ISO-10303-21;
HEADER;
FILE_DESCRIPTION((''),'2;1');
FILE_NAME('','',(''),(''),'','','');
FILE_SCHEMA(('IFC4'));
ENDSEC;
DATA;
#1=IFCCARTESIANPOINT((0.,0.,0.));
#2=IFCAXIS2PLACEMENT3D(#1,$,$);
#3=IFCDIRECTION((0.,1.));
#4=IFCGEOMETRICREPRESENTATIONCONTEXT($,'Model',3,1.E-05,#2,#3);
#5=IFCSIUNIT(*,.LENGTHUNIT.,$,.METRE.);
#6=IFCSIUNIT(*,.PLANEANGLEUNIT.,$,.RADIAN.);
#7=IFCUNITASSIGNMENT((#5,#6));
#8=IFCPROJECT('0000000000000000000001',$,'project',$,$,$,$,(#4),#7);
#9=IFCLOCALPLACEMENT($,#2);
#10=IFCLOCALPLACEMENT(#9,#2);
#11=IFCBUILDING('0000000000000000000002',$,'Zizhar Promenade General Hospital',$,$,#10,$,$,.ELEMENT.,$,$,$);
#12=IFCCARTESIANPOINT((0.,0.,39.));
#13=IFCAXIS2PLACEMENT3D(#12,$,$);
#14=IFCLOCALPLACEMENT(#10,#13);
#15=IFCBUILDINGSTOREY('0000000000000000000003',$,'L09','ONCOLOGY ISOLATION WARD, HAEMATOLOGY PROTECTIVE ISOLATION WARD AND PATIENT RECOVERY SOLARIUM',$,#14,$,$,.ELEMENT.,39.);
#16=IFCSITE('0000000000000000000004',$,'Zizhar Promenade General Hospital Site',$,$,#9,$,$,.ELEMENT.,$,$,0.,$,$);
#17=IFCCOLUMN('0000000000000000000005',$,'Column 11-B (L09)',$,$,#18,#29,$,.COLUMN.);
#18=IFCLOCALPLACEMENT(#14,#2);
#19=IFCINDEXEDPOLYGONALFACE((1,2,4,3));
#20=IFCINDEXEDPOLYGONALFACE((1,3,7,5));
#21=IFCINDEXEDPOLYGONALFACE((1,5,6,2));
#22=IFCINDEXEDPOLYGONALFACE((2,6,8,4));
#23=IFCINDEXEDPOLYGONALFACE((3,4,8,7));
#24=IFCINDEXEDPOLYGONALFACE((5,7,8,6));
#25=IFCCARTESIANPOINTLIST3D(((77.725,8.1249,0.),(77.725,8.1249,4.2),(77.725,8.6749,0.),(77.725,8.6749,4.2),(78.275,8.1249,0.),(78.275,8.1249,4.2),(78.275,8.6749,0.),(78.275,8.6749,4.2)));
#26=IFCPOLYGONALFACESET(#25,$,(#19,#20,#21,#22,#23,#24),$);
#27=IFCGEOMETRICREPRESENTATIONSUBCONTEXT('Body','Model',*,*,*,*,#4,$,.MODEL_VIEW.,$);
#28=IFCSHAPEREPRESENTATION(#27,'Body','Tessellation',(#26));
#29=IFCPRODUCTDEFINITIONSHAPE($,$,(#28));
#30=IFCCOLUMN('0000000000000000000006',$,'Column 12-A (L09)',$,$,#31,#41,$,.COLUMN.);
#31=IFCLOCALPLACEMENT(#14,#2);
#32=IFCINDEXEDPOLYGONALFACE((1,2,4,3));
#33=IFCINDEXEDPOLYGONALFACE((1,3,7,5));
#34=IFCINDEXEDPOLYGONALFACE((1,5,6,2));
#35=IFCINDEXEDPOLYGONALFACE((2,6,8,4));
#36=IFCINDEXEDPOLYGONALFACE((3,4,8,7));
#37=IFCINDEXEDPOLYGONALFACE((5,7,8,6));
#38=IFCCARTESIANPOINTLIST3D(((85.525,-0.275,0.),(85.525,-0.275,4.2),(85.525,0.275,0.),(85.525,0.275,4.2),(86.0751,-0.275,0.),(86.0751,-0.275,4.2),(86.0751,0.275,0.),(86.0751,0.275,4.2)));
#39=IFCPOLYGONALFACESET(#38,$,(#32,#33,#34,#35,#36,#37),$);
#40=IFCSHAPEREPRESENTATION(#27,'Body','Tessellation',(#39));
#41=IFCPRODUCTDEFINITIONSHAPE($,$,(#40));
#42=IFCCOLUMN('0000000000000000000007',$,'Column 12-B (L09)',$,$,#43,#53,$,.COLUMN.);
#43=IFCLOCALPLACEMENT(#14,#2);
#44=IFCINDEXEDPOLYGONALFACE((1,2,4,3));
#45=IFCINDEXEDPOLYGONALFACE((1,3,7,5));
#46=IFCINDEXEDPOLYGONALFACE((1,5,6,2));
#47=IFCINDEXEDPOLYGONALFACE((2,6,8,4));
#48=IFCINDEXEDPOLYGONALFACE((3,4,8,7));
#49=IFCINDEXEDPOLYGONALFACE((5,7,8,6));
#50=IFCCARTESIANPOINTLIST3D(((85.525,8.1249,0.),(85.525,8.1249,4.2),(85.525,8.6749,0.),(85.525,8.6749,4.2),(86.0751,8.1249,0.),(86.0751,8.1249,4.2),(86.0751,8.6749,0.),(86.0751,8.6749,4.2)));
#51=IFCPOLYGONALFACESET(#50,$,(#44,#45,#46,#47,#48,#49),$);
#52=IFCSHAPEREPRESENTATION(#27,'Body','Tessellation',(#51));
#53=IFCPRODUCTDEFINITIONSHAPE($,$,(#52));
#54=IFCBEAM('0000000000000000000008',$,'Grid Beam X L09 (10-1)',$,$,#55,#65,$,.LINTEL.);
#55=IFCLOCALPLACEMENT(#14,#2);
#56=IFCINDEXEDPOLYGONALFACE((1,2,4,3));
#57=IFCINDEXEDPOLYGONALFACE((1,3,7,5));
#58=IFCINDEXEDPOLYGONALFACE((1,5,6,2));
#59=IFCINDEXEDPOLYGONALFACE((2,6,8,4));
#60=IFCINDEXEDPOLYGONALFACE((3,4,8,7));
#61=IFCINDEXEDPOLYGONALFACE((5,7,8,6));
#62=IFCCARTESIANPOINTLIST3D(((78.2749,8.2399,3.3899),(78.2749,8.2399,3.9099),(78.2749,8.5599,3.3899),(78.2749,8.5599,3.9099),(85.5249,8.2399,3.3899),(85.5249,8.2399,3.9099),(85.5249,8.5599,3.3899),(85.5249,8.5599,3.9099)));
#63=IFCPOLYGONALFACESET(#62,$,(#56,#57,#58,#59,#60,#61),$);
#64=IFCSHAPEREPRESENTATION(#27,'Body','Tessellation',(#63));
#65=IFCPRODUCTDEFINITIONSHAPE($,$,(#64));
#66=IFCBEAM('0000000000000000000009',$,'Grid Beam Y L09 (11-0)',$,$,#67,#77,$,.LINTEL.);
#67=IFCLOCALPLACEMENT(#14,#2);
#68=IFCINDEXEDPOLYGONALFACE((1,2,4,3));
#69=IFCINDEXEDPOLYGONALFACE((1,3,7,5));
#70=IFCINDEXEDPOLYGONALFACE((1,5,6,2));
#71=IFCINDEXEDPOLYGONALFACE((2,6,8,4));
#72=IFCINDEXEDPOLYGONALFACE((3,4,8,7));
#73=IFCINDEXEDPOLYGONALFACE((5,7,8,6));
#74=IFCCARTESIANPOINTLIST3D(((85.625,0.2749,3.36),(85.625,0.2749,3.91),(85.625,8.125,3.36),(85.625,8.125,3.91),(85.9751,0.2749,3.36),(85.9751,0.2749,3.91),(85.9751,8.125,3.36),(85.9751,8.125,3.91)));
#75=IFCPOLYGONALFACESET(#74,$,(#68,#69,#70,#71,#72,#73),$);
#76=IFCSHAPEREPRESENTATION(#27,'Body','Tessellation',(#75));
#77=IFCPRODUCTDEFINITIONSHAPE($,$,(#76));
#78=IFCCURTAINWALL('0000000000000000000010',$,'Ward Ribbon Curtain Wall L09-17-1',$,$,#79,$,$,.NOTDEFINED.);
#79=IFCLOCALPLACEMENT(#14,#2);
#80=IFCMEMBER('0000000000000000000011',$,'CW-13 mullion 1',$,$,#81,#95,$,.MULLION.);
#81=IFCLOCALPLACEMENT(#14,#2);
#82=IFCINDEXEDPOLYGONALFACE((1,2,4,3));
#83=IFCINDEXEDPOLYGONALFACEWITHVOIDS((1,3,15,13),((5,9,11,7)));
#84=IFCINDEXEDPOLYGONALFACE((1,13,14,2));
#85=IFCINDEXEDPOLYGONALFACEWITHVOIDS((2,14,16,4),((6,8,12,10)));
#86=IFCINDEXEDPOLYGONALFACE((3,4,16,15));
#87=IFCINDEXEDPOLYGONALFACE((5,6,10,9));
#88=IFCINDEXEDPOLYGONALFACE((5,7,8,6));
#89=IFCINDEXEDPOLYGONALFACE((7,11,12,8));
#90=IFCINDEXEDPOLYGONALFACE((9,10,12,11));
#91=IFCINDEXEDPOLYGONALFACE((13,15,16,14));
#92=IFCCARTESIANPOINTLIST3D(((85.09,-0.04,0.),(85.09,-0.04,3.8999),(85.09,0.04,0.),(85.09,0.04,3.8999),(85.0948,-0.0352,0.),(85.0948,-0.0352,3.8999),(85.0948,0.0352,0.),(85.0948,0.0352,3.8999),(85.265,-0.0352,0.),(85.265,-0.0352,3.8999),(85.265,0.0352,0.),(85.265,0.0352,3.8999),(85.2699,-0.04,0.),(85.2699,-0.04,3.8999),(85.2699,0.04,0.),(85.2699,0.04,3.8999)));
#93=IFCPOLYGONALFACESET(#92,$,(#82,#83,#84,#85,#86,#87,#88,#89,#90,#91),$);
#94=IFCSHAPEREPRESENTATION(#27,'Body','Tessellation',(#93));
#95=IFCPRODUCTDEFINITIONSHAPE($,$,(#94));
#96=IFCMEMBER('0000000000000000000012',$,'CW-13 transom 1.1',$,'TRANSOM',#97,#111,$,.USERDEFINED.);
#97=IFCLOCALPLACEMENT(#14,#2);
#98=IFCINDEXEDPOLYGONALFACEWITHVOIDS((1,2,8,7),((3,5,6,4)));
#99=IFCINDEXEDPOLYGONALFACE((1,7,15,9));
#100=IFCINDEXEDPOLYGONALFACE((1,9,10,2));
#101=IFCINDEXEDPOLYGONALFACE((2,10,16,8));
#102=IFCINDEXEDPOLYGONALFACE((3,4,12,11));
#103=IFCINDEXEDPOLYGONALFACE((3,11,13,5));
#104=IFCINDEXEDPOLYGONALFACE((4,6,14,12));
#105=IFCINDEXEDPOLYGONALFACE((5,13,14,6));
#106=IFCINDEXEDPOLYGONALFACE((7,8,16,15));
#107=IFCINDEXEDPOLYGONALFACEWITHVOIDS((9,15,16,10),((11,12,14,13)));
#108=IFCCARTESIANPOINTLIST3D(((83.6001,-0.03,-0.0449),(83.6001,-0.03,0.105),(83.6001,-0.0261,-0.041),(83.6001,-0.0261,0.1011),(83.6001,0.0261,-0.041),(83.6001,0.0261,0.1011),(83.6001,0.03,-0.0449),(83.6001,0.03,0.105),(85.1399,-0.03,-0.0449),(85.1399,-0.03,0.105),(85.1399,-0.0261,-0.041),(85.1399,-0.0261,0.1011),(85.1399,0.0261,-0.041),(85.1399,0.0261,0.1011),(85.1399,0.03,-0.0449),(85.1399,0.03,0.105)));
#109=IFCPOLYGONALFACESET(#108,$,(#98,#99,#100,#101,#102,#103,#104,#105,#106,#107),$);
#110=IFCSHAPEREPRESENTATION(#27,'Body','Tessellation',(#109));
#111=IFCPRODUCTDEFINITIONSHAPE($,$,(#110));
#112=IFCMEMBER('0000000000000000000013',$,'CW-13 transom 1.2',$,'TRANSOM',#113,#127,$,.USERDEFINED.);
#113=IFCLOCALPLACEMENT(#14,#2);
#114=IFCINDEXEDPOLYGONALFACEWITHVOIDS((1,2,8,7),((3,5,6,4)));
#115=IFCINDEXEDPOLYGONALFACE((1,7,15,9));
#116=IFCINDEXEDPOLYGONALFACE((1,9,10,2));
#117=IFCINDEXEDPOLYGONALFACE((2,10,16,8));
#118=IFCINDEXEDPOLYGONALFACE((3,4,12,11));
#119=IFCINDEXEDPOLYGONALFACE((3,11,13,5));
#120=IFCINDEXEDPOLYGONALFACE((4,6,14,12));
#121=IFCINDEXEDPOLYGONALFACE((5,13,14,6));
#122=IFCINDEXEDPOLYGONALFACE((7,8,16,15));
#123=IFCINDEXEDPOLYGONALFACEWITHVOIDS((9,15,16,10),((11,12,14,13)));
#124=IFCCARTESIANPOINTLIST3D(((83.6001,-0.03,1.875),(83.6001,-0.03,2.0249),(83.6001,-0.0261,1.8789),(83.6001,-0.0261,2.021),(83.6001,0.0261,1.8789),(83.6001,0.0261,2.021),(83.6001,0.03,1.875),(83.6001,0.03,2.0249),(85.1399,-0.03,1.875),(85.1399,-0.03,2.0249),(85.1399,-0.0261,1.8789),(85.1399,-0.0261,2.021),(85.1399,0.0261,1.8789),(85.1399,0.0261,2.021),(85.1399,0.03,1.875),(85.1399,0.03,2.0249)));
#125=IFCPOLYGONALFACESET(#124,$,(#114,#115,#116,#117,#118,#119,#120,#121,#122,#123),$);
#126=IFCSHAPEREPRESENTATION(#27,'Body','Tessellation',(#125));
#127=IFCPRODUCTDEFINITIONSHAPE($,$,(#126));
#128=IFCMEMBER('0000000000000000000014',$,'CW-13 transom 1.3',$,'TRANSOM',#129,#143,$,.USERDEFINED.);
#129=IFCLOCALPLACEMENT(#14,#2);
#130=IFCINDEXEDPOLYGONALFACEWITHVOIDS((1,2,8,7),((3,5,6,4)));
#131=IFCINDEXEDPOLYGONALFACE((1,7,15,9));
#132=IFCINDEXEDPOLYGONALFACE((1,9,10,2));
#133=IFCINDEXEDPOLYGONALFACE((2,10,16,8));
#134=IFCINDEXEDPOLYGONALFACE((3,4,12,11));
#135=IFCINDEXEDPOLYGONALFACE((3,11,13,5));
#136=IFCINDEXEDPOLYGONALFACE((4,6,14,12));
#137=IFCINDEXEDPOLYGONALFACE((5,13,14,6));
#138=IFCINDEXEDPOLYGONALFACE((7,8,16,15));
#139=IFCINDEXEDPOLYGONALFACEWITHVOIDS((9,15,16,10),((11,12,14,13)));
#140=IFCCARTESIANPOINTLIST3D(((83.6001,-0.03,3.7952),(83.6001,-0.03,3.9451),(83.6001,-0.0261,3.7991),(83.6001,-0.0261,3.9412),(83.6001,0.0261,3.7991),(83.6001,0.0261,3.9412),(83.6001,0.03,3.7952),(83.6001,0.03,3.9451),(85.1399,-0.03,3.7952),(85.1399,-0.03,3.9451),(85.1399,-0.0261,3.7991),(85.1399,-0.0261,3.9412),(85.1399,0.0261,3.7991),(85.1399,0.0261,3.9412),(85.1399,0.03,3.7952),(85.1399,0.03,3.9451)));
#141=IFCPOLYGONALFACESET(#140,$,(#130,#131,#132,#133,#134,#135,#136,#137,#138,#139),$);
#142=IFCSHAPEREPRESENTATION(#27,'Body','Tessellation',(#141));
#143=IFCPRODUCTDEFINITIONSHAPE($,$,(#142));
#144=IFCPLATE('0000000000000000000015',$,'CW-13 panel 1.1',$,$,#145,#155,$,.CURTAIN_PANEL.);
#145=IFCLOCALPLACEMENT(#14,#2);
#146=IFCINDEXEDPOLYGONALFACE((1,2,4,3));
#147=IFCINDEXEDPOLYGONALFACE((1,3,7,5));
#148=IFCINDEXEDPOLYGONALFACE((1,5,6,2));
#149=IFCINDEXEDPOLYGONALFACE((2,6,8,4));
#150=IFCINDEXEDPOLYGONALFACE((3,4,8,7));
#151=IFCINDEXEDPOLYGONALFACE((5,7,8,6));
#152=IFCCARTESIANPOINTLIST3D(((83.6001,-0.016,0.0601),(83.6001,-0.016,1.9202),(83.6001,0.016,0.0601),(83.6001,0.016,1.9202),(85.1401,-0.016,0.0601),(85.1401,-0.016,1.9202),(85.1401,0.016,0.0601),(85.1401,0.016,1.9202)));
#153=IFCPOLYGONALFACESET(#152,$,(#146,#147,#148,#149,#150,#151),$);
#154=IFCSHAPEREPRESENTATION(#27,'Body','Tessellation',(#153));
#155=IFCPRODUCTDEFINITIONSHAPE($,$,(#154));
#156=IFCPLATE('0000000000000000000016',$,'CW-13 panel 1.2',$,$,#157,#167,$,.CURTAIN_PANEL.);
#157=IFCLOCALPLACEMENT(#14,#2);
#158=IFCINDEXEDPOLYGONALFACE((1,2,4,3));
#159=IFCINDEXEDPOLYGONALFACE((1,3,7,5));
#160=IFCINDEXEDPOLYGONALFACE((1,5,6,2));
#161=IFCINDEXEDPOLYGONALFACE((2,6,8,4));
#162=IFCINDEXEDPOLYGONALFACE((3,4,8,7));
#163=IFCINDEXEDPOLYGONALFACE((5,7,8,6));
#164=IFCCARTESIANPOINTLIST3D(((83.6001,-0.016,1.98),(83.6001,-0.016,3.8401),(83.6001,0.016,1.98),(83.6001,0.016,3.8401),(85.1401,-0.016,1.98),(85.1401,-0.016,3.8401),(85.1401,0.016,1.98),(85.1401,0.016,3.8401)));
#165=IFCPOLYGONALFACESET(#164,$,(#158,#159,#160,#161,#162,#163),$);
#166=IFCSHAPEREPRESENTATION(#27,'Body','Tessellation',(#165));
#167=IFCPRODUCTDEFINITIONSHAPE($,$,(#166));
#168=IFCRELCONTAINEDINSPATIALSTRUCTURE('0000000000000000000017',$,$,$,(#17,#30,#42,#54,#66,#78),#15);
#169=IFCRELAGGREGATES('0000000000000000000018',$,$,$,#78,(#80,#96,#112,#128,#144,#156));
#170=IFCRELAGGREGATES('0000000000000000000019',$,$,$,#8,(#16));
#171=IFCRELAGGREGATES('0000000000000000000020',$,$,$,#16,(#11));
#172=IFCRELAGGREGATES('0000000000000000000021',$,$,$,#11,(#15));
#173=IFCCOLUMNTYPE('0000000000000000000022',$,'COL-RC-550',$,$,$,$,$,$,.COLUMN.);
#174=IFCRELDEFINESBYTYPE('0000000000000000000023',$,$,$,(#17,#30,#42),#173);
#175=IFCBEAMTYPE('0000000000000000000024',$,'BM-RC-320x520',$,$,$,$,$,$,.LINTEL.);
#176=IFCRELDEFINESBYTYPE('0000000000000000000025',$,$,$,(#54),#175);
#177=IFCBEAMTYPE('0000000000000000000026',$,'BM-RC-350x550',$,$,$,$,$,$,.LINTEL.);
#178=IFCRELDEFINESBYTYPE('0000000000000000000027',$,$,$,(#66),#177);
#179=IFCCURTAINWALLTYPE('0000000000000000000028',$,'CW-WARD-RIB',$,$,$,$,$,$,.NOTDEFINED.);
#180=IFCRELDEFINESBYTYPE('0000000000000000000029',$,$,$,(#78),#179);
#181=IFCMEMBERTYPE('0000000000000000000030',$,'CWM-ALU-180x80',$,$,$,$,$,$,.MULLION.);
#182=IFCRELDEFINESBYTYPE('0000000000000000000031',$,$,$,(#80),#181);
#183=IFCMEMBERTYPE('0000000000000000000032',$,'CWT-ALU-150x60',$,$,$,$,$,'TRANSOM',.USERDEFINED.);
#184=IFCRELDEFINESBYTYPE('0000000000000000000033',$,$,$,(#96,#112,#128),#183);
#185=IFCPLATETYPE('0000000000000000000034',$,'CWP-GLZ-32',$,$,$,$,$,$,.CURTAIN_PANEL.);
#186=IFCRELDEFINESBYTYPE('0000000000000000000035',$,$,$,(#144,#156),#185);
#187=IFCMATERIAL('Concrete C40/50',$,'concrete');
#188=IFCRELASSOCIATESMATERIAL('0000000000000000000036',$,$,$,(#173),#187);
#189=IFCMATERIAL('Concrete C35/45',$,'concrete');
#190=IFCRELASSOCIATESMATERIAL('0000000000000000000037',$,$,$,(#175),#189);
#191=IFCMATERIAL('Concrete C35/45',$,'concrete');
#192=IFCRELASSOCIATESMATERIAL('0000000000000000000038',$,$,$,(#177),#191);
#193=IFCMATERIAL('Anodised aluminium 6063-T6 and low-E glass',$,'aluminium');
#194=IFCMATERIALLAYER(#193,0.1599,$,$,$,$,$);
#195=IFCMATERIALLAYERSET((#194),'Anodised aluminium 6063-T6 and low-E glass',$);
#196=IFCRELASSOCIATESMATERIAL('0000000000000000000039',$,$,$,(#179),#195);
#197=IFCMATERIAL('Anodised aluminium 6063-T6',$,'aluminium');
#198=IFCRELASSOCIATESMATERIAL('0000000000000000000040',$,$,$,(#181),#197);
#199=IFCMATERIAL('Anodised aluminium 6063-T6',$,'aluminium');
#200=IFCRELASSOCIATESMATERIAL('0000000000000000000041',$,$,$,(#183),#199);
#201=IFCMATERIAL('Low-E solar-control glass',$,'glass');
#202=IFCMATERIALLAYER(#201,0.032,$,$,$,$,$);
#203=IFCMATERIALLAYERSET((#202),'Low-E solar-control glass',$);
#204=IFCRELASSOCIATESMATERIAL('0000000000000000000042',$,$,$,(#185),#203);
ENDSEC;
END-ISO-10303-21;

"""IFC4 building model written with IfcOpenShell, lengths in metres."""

from ifc_helpers import new_model, si_unit, direction, frame, origin, origin_2d, place, context, subcontext, project, spatial, rectangle, hollow_rectangle, extrude, material, layer, layer_set, material_profile, profile_set, type_object, element, aggregate, save


model = new_model("IFC4")

# Units and contexts
model_context = context("Model", 3, precision=1e-05, world=origin(), true_north=direction((0.0, 1.0)))
body_context = subcontext(model_context, "Body", "Model", "MODEL_VIEW")
ifc_project = project(units=[si_unit("LENGTHUNIT", "METRE"), si_unit("PLANEANGLEUNIT", "RADIAN")], contexts=[model_context])

# Site, building, storey
site_placement = place(None, origin())
site = spatial("IfcSite", under=ifc_project, at=site_placement, Name="Zizhar Promenade General Hospital Site", CompositionType="ELEMENT", RefElevation=0.0)
building_placement = place(site_placement, origin())
building = spatial("IfcBuilding", under=site, at=building_placement, Name="Zizhar Promenade General Hospital", CompositionType="ELEMENT")
storey_placement = place(building_placement, frame((0.0, 0.0, 39.0)))
storey = spatial("IfcBuildingStorey", under=building, at=storey_placement, Name="L09", Description="ONCOLOGY ISOLATION WARD, HAEMATOLOGY PROTECTIVE ISOLATION WARD AND PATIENT RECOVERY SOLARIUM", CompositionType="ELEMENT", Elevation=39.0)

# Columns
ifc_material_1 = material(Name="Concrete C40/50", Category="concrete")
ifc_material_profile_1 = material_profile(ifc_material_1, rectangle(XDim=0.55, YDim=0.55, at=origin_2d()))
ifc_profile_set_1 = profile_set([ifc_material_profile_1], Name="Concrete C40/50")
column_type = type_object("IfcColumnType", Name="COL-RC-550", PredefinedType="COLUMN", material=ifc_profile_set_1)
for number, where, z_axis, x_axis, name in (
    (1, (78.0, 8.3999, 0.0), (0.0, 0.0, 1.0), (1.0, 0.0, 0.0), "Column 11-B (L09)"),
    (2, (85.8, 0.0, 0.0), (0.0, 0.0, 1.0), (1.0, 0.0, 0.0), "Column 12-A (L09)"),
    (3, (85.8, 8.3999, 0.0), (0.0, 0.0, 1.0), (1.0, 0.0, 0.0), "Column 12-B (L09)"),
):
    element("IfcColumn", number, at=place(storey_placement, frame(where, z_axis=z_axis, x_axis=x_axis)), inside=storey, type_object=column_type, Name=name, PredefinedType="COLUMN", context=body_context, shape_type="SweptSolid", body=[
        extrude(rectangle(XDim=0.55, YDim=0.55, at=origin_2d()), origin(), (0.0, 0.0, 1.0), 4.2),
    ])

# Beams
ifc_material_2 = material(Name="Concrete C35/45", Category="concrete")
ifc_material_profile_2 = material_profile(ifc_material_2, rectangle(XDim=0.3201, YDim=0.52, at=origin_2d()))
ifc_profile_set_2 = profile_set([ifc_material_profile_2], Name="Concrete C35/45")
beam_type_1 = type_object("IfcBeamType", Name="BM-RC-320x520", PredefinedType="LINTEL", material=ifc_profile_set_2)
beam_1_placement = place(storey_placement, frame((78.2749, 8.3999, 3.6499), z_axis=(1.0, 0.0, 0.0), x_axis=(0.0, 1.0, 0.0)))
element("IfcBeam", 4, at=beam_1_placement, inside=storey, type_object=beam_type_1, Name="Grid Beam X L09 (10-1)", PredefinedType="LINTEL", context=body_context, shape_type="SweptSolid", body=[
    extrude(rectangle(XDim=0.3201, YDim=0.52, at=origin_2d()), origin(), (0.0, 0.0, 1.0), 7.25),
])
ifc_material_3 = material(Name="Concrete C35/45", Category="concrete")
ifc_material_profile_3 = material_profile(ifc_material_3, rectangle(XDim=0.3501, YDim=0.55, at=origin_2d()))
ifc_profile_set_3 = profile_set([ifc_material_profile_3], Name="Concrete C35/45")
beam_type_2 = type_object("IfcBeamType", Name="BM-RC-350x550", PredefinedType="LINTEL", material=ifc_profile_set_3)
beam_2_placement = place(storey_placement, frame((85.8, 0.2749, 3.635), z_axis=(0.0, 1.0, 0.0), x_axis=(-1.0, 0.0, 0.0)))
element("IfcBeam", 5, at=beam_2_placement, inside=storey, type_object=beam_type_2, Name="Grid Beam Y L09 (11-0)", PredefinedType="LINTEL", context=body_context, shape_type="SweptSolid", body=[
    extrude(rectangle(XDim=0.3501, YDim=0.55, at=origin_2d()), origin(), (0.0, 0.0, 1.0), 7.8501),
])

# Curtain wall, members, plates
ifc_material_4 = material(Name="Anodised aluminium 6063-T6 and low-E glass", Category="aluminium")
ifc_layer_1 = layer(ifc_material_4, 0.1599)
ifc_layer_set_1 = layer_set([ifc_layer_1], Name="Anodised aluminium 6063-T6 and low-E glass")
curtain_wall_type = type_object("IfcCurtainWallType", Name="CW-WARD-RIB", PredefinedType="NOTDEFINED", material=ifc_layer_set_1)
curtain_wall_placement = place(storey_placement, origin())
curtain_wall = element("IfcCurtainWall", 6, at=curtain_wall_placement, inside=storey, type_object=curtain_wall_type, Name="Ward Ribbon Curtain Wall L09-17-1", PredefinedType="NOTDEFINED")
ifc_material_5 = material(Name="Anodised aluminium 6063-T6", Category="aluminium")
ifc_material_profile_4 = material_profile(ifc_material_5, hollow_rectangle(XDim=0.0801, YDim=0.1799, WallThickness=0.0049, at=origin_2d()))
ifc_profile_set_4 = profile_set([ifc_material_profile_4], Name="Anodised aluminium 6063-T6")
member_type_1 = type_object("IfcMemberType", Name="CWM-ALU-180x80", PredefinedType="MULLION", material=ifc_profile_set_4)
member_1_placement = place(storey_placement, frame((85.1799, 0.0, 0.0), z_axis=(0.0, 0.0, 1.0), x_axis=(0.0, -1.0, 0.0)))
member_1 = element("IfcMember", 7, at=member_1_placement, type_object=member_type_1, Name="CW-13 mullion 1", PredefinedType="MULLION", context=body_context, shape_type="SweptSolid", body=[
    extrude(hollow_rectangle(XDim=0.0801, YDim=0.1799, WallThickness=0.0049, at=origin_2d()), origin(), (0.0, 0.0, 1.0), 3.8999),
])
ifc_material_6 = material(Name="Anodised aluminium 6063-T6", Category="aluminium")
ifc_material_profile_5 = material_profile(ifc_material_6, hollow_rectangle(XDim=0.0601, YDim=0.1499, WallThickness=0.0039, at=origin_2d()))
ifc_profile_set_5 = profile_set([ifc_material_profile_5], Name="Anodised aluminium 6063-T6")
member_type_2 = type_object("IfcMemberType", Name="CWT-ALU-150x60", ElementType="TRANSOM", PredefinedType="USERDEFINED", material=ifc_profile_set_5)
member_2_placement = place(storey_placement, frame((85.1399, 0.0, 0.03), z_axis=(-1.0, 0.0, 0.0), x_axis=(0.0, -1.0, 0.0)))
member_2 = element("IfcMember", 8, at=member_2_placement, type_object=member_type_2, Name="CW-13 transom 1.1", ObjectType="TRANSOM", PredefinedType="USERDEFINED", context=body_context, shape_type="SweptSolid", body=[
    extrude(hollow_rectangle(XDim=0.0601, YDim=0.1499, WallThickness=0.0039, at=origin_2d()), origin(), (0.0, 0.0, 1.0), 1.5398),
])
member_3_placement = place(storey_placement, frame((85.1399, 0.0, 1.95), z_axis=(-1.0, 0.0, 0.0), x_axis=(0.0, -1.0, 0.0)))
member_3 = element("IfcMember", 9, at=member_3_placement, type_object=member_type_2, Name="CW-13 transom 1.2", ObjectType="TRANSOM", PredefinedType="USERDEFINED", context=body_context, shape_type="SweptSolid", body=[
    extrude(hollow_rectangle(XDim=0.0601, YDim=0.1499, WallThickness=0.0039, at=origin_2d()), origin(), (0.0, 0.0, 1.0), 1.5398),
])
member_4_placement = place(storey_placement, frame((85.1399, 0.0, 3.8701), z_axis=(-1.0, 0.0, 0.0), x_axis=(0.0, -1.0, 0.0)))
member_4 = element("IfcMember", 10, at=member_4_placement, type_object=member_type_2, Name="CW-13 transom 1.3", ObjectType="TRANSOM", PredefinedType="USERDEFINED", context=body_context, shape_type="SweptSolid", body=[
    extrude(hollow_rectangle(XDim=0.0601, YDim=0.1499, WallThickness=0.0039, at=origin_2d()), origin(), (0.0, 0.0, 1.0), 1.5398),
])
ifc_material_7 = material(Name="Low-E solar-control glass", Category="glass")
ifc_layer_2 = layer(ifc_material_7, 0.032)
ifc_layer_set_2 = layer_set([ifc_layer_2], Name="Low-E solar-control glass")
plate_type = type_object("IfcPlateType", Name="CWP-GLZ-32", PredefinedType="CURTAIN_PANEL", material=ifc_layer_set_2)
plate_1_placement = place(storey_placement, frame((84.3701, 0.0, 0.0601), z_axis=(0.0, 0.0, 1.0), x_axis=(-1.0, 0.0, 0.0)))
plate_1 = element("IfcPlate", 11, at=plate_1_placement, type_object=plate_type, Name="CW-13 panel 1.1", PredefinedType="CURTAIN_PANEL", context=body_context, shape_type="SweptSolid", body=[
    extrude(rectangle(XDim=1.54, YDim=0.032, at=origin_2d()), origin(), (0.0, 0.0, 1.0), 1.8601),
])
plate_2_placement = place(storey_placement, frame((84.3701, 0.0, 1.98), z_axis=(0.0, 0.0, 1.0), x_axis=(-1.0, 0.0, 0.0)))
plate_2 = element("IfcPlate", 12, at=plate_2_placement, type_object=plate_type, Name="CW-13 panel 1.2", PredefinedType="CURTAIN_PANEL", context=body_context, shape_type="SweptSolid", body=[
    extrude(rectangle(XDim=1.54, YDim=0.032, at=origin_2d()), origin(), (0.0, 0.0, 1.0), 1.8601),
])
aggregate(curtain_wall, [member_1, member_2, member_3, member_4, plate_1, plate_2])

save(model, "model.ifc")
